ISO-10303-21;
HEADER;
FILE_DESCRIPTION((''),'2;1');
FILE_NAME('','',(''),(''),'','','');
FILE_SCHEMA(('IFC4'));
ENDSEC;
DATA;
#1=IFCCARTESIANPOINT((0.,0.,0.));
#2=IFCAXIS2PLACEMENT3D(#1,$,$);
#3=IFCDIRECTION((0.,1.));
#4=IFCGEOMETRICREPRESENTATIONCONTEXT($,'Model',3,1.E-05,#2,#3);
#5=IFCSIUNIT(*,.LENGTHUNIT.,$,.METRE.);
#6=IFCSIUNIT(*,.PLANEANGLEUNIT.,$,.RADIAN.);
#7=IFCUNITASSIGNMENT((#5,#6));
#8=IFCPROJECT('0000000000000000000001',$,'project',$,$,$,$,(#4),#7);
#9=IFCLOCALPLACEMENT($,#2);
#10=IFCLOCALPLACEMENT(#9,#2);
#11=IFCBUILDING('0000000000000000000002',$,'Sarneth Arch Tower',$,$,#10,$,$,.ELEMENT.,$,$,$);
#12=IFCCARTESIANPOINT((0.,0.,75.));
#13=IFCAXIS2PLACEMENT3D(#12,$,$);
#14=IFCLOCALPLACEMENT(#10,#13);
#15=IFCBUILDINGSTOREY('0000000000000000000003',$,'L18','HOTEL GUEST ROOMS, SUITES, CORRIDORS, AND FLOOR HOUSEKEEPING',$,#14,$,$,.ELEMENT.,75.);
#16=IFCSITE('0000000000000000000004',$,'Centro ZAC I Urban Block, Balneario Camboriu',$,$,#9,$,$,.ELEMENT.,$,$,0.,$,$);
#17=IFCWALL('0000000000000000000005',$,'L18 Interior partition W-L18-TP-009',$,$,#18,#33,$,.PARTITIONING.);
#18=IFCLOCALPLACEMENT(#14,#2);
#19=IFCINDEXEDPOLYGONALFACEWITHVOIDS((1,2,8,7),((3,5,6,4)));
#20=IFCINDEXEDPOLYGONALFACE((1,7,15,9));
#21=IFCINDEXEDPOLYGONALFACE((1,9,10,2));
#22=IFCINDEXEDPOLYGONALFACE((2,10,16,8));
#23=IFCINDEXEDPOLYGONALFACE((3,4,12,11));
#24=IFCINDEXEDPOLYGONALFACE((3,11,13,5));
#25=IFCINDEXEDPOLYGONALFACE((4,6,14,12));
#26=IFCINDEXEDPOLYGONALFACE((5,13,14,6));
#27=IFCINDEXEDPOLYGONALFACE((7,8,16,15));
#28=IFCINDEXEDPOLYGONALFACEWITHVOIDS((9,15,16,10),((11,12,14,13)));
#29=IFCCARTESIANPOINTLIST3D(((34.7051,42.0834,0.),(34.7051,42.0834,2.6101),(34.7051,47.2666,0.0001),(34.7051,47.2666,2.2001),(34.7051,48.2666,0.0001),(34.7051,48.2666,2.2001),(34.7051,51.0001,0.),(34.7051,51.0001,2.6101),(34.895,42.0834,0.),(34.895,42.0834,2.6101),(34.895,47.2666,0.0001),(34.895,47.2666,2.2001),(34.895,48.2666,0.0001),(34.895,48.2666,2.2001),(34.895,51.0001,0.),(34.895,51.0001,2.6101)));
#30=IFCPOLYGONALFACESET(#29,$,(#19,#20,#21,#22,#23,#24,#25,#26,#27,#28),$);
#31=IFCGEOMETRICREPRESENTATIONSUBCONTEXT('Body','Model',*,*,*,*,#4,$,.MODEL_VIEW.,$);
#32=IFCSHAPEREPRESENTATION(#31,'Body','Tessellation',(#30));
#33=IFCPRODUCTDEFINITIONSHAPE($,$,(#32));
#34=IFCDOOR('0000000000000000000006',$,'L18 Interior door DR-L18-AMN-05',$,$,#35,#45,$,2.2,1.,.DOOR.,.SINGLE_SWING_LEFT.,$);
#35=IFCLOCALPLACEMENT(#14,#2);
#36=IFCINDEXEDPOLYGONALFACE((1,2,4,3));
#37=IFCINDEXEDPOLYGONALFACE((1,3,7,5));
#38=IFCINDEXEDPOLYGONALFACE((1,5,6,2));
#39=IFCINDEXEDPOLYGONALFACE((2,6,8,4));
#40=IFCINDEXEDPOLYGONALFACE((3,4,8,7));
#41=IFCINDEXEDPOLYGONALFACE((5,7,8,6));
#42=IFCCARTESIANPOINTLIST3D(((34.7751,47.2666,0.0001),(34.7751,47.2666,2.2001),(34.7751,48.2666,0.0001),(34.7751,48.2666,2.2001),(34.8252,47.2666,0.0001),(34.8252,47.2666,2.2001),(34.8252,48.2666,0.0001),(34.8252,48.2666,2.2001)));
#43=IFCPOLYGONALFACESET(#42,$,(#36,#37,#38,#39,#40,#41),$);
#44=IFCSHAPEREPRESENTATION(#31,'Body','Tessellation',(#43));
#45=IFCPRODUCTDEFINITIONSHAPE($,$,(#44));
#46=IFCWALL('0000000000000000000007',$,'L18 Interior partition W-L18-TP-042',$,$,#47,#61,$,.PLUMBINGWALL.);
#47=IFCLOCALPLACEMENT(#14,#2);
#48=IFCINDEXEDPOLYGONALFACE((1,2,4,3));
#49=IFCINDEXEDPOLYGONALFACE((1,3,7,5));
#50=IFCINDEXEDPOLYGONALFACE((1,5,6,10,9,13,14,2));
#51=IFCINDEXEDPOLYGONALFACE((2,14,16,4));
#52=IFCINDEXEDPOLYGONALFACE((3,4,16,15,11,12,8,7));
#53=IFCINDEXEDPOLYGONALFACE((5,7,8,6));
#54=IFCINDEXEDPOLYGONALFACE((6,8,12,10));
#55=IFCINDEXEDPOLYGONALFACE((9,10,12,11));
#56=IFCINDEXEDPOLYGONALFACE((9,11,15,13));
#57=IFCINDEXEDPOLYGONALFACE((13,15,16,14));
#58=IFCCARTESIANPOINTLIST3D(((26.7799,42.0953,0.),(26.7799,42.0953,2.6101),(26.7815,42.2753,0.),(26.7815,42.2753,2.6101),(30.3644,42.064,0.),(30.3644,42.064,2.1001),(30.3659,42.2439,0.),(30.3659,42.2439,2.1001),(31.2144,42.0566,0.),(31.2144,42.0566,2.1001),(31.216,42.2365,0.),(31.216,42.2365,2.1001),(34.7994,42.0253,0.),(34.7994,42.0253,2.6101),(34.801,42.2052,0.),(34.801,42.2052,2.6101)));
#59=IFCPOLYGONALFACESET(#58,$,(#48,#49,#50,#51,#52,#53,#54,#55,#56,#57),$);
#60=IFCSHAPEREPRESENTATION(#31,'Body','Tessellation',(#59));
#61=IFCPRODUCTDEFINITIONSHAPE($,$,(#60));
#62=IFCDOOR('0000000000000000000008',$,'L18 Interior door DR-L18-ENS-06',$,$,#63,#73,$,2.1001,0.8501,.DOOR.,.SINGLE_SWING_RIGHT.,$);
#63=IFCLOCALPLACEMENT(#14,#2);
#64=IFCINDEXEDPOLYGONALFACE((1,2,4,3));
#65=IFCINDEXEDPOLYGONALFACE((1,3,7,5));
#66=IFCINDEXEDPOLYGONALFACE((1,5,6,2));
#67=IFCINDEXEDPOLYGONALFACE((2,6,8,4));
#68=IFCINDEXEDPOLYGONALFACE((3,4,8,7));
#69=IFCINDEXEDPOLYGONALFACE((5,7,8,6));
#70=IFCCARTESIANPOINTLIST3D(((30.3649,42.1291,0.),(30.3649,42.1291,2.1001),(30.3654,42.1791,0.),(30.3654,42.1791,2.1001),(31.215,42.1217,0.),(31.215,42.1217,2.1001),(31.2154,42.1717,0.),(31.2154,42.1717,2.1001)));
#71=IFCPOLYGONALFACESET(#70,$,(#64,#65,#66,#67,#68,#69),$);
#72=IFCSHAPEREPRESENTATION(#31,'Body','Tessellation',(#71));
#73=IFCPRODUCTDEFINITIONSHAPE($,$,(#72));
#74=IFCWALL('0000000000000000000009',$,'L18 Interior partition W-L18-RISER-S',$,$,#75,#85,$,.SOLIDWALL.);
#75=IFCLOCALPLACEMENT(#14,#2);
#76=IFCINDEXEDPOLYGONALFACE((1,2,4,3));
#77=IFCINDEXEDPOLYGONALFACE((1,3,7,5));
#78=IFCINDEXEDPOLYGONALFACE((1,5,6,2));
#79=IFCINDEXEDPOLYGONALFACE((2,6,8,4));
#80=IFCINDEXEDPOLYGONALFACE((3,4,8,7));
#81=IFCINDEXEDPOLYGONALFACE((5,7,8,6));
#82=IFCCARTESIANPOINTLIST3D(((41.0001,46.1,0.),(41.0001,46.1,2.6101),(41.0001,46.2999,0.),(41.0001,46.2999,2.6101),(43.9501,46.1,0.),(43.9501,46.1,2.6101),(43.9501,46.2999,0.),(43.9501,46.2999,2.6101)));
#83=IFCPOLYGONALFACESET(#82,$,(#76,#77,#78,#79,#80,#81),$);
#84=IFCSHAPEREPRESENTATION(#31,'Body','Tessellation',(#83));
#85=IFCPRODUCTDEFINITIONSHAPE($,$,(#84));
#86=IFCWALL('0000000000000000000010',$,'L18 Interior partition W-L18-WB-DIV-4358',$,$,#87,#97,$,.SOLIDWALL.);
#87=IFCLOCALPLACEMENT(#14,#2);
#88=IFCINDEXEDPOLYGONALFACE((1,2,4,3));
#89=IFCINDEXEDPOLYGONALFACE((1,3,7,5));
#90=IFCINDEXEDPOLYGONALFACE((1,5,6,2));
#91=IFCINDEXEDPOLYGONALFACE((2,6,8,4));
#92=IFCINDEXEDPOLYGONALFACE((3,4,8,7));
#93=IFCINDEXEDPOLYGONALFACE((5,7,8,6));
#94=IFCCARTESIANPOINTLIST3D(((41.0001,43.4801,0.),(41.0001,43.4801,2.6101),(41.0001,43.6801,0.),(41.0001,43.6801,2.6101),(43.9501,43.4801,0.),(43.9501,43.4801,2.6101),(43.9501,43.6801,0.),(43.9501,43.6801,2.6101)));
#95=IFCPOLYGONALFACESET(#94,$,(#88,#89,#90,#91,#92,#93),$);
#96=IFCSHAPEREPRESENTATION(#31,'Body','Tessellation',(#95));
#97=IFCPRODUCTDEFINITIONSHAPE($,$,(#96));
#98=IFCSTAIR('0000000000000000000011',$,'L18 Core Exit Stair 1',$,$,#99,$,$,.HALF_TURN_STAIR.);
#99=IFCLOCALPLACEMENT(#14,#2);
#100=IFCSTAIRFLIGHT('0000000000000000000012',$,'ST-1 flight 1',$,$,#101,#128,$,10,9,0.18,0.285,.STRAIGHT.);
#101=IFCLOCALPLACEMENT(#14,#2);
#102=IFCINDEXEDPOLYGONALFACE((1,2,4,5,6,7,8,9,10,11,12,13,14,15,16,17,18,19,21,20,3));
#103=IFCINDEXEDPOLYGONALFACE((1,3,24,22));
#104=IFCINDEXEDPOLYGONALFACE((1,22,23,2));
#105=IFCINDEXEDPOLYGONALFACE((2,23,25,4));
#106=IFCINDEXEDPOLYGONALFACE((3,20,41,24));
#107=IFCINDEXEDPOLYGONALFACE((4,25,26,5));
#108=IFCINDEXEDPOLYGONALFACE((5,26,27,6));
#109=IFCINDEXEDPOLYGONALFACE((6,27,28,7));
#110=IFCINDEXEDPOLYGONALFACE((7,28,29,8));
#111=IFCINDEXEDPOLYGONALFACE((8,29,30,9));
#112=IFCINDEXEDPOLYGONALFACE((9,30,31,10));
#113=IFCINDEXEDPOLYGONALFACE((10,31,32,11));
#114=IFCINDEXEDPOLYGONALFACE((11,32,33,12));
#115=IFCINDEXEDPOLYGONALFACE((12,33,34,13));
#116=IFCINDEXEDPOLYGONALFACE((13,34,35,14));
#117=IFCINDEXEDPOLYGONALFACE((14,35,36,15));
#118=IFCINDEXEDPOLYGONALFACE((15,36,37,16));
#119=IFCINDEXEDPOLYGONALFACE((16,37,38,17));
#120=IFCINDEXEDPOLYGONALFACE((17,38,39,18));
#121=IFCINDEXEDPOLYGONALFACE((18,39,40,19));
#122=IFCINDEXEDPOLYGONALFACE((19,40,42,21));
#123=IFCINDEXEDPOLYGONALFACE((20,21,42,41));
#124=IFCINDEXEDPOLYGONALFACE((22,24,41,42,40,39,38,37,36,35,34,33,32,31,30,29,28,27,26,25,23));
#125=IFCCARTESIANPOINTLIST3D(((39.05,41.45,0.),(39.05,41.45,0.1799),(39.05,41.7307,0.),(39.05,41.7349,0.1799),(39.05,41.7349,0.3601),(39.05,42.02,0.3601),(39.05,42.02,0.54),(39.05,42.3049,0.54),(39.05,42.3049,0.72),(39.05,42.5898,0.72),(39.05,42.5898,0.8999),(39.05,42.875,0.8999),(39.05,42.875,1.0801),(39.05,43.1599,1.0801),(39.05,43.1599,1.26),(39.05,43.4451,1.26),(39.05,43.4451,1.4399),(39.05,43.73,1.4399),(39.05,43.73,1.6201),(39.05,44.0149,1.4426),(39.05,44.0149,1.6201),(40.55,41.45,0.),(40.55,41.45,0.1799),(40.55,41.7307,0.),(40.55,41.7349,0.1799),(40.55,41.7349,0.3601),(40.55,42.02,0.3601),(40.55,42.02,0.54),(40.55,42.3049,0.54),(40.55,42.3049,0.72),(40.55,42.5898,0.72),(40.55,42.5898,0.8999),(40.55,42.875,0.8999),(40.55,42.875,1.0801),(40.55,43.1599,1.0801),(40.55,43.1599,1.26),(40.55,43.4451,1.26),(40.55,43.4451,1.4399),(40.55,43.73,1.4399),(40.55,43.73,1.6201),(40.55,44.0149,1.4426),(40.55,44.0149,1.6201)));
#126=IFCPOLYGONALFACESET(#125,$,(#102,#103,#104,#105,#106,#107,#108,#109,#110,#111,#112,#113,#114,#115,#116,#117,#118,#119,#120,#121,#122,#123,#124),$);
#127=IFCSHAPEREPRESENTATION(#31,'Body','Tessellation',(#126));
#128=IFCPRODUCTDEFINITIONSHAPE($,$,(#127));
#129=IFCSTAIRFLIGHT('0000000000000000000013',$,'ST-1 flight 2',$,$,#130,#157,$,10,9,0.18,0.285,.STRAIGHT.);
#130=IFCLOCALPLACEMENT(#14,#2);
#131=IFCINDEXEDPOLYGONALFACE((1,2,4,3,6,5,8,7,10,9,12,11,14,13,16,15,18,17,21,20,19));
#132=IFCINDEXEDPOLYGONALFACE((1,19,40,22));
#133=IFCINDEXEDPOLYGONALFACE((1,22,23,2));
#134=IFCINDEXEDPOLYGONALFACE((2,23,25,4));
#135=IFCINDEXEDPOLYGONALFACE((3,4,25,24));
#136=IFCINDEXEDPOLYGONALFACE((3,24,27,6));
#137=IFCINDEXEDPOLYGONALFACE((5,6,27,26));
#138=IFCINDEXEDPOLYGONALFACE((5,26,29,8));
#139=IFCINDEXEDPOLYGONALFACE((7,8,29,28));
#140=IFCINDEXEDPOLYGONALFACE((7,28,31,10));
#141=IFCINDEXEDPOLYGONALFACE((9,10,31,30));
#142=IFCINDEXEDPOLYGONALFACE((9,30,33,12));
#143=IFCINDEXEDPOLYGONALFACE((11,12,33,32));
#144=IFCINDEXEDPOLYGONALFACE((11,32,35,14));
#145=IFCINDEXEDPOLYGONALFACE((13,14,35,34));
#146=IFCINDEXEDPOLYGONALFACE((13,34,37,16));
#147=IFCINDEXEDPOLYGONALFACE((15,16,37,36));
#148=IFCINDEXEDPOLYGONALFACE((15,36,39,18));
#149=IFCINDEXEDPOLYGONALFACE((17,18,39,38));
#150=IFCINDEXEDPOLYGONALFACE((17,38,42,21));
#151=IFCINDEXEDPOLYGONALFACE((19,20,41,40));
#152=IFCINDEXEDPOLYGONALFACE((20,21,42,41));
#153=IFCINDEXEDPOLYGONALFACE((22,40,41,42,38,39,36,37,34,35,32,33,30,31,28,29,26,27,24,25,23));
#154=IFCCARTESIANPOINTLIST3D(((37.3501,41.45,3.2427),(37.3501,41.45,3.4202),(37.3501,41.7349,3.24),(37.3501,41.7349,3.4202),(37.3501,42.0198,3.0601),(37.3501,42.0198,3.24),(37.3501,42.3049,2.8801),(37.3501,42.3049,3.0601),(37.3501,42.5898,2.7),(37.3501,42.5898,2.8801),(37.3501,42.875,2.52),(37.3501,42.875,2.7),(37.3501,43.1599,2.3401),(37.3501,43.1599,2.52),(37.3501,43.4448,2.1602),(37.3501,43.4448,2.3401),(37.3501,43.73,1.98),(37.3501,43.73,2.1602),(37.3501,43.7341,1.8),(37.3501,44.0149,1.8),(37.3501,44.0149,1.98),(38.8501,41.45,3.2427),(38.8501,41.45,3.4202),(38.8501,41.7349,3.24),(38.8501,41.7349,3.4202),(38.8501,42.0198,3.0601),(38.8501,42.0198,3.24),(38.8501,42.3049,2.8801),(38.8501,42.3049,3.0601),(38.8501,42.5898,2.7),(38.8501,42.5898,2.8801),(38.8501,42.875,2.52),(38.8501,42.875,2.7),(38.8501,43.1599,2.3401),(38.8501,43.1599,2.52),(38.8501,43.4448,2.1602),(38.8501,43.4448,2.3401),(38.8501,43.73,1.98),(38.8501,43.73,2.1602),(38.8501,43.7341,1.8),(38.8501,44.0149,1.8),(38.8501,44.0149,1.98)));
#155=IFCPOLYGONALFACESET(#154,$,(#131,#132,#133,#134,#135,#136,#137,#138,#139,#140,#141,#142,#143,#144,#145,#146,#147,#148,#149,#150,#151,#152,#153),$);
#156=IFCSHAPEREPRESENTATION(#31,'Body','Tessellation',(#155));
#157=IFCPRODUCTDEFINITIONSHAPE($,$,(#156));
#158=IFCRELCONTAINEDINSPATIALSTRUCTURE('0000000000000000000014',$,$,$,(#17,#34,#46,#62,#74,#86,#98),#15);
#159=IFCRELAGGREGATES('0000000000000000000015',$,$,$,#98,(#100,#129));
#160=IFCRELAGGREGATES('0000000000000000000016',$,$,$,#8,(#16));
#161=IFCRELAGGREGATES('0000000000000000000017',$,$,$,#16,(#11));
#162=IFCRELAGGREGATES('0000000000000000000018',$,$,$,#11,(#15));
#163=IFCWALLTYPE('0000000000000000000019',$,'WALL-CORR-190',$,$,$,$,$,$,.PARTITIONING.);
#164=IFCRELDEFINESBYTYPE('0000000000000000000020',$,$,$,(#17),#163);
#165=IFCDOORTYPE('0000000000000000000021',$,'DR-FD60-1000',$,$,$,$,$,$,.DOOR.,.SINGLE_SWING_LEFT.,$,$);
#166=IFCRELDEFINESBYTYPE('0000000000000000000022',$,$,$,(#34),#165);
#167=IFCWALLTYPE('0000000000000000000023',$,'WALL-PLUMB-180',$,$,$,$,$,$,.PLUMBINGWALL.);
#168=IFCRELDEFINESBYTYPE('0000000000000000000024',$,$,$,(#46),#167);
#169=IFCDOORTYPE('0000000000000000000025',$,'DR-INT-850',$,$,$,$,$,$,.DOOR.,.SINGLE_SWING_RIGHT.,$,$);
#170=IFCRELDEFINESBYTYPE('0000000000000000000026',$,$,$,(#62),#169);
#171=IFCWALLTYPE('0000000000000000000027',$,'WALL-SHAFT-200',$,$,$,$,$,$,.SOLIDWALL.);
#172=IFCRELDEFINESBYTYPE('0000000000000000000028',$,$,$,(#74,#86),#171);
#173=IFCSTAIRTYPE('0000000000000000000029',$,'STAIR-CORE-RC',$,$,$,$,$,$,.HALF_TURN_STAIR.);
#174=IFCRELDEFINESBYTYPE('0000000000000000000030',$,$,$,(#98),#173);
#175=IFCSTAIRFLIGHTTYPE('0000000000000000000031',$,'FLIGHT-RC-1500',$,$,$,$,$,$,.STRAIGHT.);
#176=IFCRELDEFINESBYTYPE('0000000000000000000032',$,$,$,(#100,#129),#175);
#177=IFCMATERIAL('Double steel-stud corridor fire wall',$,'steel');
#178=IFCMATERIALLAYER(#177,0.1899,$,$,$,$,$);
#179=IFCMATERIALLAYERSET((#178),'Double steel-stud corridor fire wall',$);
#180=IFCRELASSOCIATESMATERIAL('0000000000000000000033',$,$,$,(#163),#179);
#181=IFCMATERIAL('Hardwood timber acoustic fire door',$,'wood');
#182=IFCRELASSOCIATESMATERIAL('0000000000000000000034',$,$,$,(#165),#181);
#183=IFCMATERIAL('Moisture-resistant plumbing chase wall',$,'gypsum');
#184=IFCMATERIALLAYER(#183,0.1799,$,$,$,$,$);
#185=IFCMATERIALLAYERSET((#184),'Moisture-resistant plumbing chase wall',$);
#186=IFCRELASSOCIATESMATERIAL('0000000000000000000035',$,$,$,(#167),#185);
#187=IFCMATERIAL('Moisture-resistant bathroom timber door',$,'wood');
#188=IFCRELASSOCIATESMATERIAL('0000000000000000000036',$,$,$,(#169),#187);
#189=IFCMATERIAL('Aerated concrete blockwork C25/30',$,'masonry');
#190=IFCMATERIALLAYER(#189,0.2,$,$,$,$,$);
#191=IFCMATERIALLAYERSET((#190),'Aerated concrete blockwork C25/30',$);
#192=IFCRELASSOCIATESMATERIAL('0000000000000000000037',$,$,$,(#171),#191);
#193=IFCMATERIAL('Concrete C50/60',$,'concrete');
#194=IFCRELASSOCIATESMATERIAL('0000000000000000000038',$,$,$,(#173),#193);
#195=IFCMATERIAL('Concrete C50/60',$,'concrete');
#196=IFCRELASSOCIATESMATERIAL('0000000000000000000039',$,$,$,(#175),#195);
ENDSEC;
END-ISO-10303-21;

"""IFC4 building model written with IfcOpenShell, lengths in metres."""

from ifc_helpers import new_model, si_unit, direction, frame, frame_2d, origin, place, context, subcontext, project, spatial, polyline, rectangle, outline, extrude, material, layer, layer_set, type_object, element, fill, aggregate, save


model = new_model("IFC4")

# Units and contexts
model_context = context("Model", 3, precision=1e-05, world=origin(), true_north=direction((0.0, 1.0)))
body_context = subcontext(model_context, "Body", "Model", "MODEL_VIEW")
ifc_project = project(units=[si_unit("LENGTHUNIT", "METRE"), si_unit("PLANEANGLEUNIT", "RADIAN")], contexts=[model_context])

# Site, building, storey
site_placement = place(None, origin())
site = spatial("IfcSite", under=ifc_project, at=site_placement, Name="Centro ZAC I Urban Block, Balneario Camboriu", CompositionType="ELEMENT", RefElevation=0.0)
building_placement = place(site_placement, origin())
building = spatial("IfcBuilding", under=site, at=building_placement, Name="Sarneth Arch Tower", CompositionType="ELEMENT")
storey_placement = place(building_placement, frame((0.0, 0.0, 75.0)))
storey = spatial("IfcBuildingStorey", under=building, at=storey_placement, Name="L18", Description="HOTEL GUEST ROOMS, SUITES, CORRIDORS, AND FLOOR HOUSEKEEPING", CompositionType="ELEMENT", Elevation=75.0)

# Walls, openings, doors
ifc_material_1 = material(Name="Double steel-stud corridor fire wall", Category="steel")
ifc_layer_1 = layer(ifc_material_1, 0.1899)
ifc_layer_set_1 = layer_set([ifc_layer_1], Name="Double steel-stud corridor fire wall")
wall_type_1 = type_object("IfcWallType", Name="WALL-CORR-190", PredefinedType="PARTITIONING", material=ifc_layer_set_1)
wall_1_placement = place(storey_placement, frame((34.8, 42.0833, 0.0), z_axis=(0.0, 0.0, 1.0), x_axis=(0.0, 1.0, 0.0)))
wall_1 = element("IfcWall", 1, at=wall_1_placement, inside=storey, type_object=wall_type_1, Name="L18 Interior partition W-L18-TP-009", PredefinedType="PARTITIONING", context=body_context, shape_type="SweptSolid", body=[
    extrude(rectangle(XDim=8.9167, YDim=0.1899, at=frame_2d((4.4585, 0.0))), origin(), (0.0, 0.0, 1.0), 2.6101),
])
opening_1_placement = place(wall_1_placement, frame((5.1833, 0.0, 0.0)))
opening_1 = element("IfcOpeningElement", 2, at=opening_1_placement, cuts=wall_1, PredefinedType="OPENING", context=body_context, shape_type="SweptSolid", body=[
    extrude(rectangle(XDim=1.0, YDim=2.2, at=frame_2d((0.5, 1.1001))), frame((0.0, 0.105, 0.0), z_axis=(0.0, -1.0, 0.0), x_axis=(1.0, 0.0, 0.0)), (0.0, 0.0, 1.0), 0.21),
])
ifc_material_2 = material(Name="Hardwood timber acoustic fire door", Category="wood")
door_type_1 = type_object("IfcDoorType", Name="DR-FD60-1000", OperationType="SINGLE_SWING_LEFT", PredefinedType="DOOR", material=ifc_material_2)
door_1_placement = place(opening_1_placement, origin())
door_1 = element("IfcDoor", 3, at=door_1_placement, inside=storey, type_object=door_type_1, Name="L18 Interior door DR-L18-AMN-05", OperationType="SINGLE_SWING_LEFT", OverallHeight=2.2, OverallWidth=1.0, PredefinedType="DOOR", context=body_context, shape_type="SweptSolid", body=[
    extrude(rectangle(XDim=1.0, YDim=2.2, at=frame_2d((0.5, 1.1001))), frame((0.0, 0.0249, 0.0), z_axis=(0.0, -1.0, 0.0), x_axis=(1.0, 0.0, 0.0)), (0.0, 0.0, 1.0), 0.05),
])
fill(opening_1, door_1)
ifc_material_3 = material(Name="Moisture-resistant plumbing chase wall", Category="gypsum")
ifc_layer_2 = layer(ifc_material_3, 0.1799)
ifc_layer_set_2 = layer_set([ifc_layer_2], Name="Moisture-resistant plumbing chase wall")
wall_type_2 = type_object("IfcWallType", Name="WALL-PLUMB-180", PredefinedType="PLUMBINGWALL", material=ifc_layer_set_2)
wall_2_placement = place(storey_placement, frame((34.8, 42.1152, 0.0), z_axis=(0.0, 0.0, 1.0), x_axis=(-0.999962, 0.008737, 0.0)))
wall_2 = element("IfcWall", 4, at=wall_2_placement, inside=storey, type_object=wall_type_2, Name="L18 Interior partition W-L18-TP-042", PredefinedType="PLUMBINGWALL", context=body_context, shape_type="SweptSolid", body=[
    extrude(rectangle(XDim=8.0198, YDim=0.1799, at=frame_2d((4.0098, 0.0))), origin(), (0.0, 0.0, 1.0), 2.6101),
])
opening_2_placement = place(wall_2_placement, frame((3.585, 0.0, 0.0)))
opening_2 = element("IfcOpeningElement", 5, at=opening_2_placement, cuts=wall_2, PredefinedType="OPENING", context=body_context, shape_type="SweptSolid", body=[
    extrude(rectangle(XDim=0.8501, YDim=2.1001, at=frame_2d((0.425, 1.05))), frame((0.0, 0.0999, 0.0), z_axis=(0.0, -1.0, 0.0), x_axis=(1.0, 0.0, 0.0)), (0.0, 0.0, 1.0), 0.2),
])
ifc_material_4 = material(Name="Moisture-resistant bathroom timber door", Category="wood")
door_type_2 = type_object("IfcDoorType", Name="DR-INT-850", OperationType="SINGLE_SWING_RIGHT", PredefinedType="DOOR", material=ifc_material_4)
door_2_placement = place(opening_2_placement, origin())
door_2 = element("IfcDoor", 6, at=door_2_placement, inside=storey, type_object=door_type_2, Name="L18 Interior door DR-L18-ENS-06", OperationType="SINGLE_SWING_RIGHT", OverallHeight=2.1001, OverallWidth=0.8501, PredefinedType="DOOR", context=body_context, shape_type="SweptSolid", body=[
    extrude(rectangle(XDim=0.8501, YDim=2.1001, at=frame_2d((0.425, 1.05))), frame((0.0, 0.0249, 0.0), z_axis=(0.0, -1.0, 0.0), x_axis=(1.0, 0.0, 0.0)), (0.0, 0.0, 1.0), 0.05),
])
fill(opening_2, door_2)

# Wall
ifc_material_5 = material(Name="Aerated concrete blockwork C25/30", Category="masonry")
ifc_layer_3 = layer(ifc_material_5, 0.2)
ifc_layer_set_3 = layer_set([ifc_layer_3], Name="Aerated concrete blockwork C25/30")
wall_type_3 = type_object("IfcWallType", Name="WALL-SHAFT-200", PredefinedType="SOLIDWALL", material=ifc_layer_set_3)
wall_3_placement = place(storey_placement, frame((41.0, 46.2, 0.0), z_axis=(0.0, 0.0, 1.0), x_axis=(1.0, 0.0, 0.0)))
element("IfcWall", 7, at=wall_3_placement, inside=storey, type_object=wall_type_3, Name="L18 Interior partition W-L18-RISER-S", PredefinedType="SOLIDWALL", context=body_context, shape_type="SweptSolid", body=[
    extrude(rectangle(XDim=2.95, YDim=0.2, at=frame_2d((1.4751, 0.0))), origin(), (0.0, 0.0, 1.0), 2.6101),
])

# Wall
wall_4_placement = place(storey_placement, frame((41.0, 43.5801, 0.0), z_axis=(0.0, 0.0, 1.0), x_axis=(1.0, 0.0, 0.0)))
element("IfcWall", 8, at=wall_4_placement, inside=storey, type_object=wall_type_3, Name="L18 Interior partition W-L18-WB-DIV-4358", PredefinedType="SOLIDWALL", context=body_context, shape_type="SweptSolid", body=[
    extrude(rectangle(XDim=2.95, YDim=0.2, at=frame_2d((1.4751, 0.0))), origin(), (0.0, 0.0, 1.0), 2.6101),
])

# Stair, stair flights
ifc_material_6 = material(Name="Concrete C50/60", Category="concrete")
stair_type = type_object("IfcStairType", Name="STAIR-CORE-RC", PredefinedType="HALF_TURN_STAIR", material=ifc_material_6)
stair_placement = place(storey_placement, origin())
stair = element("IfcStair", 9, at=stair_placement, inside=storey, type_object=stair_type, Name="L18 Core Exit Stair 1", PredefinedType="HALF_TURN_STAIR")
ifc_material_7 = material(Name="Concrete C50/60", Category="concrete")
stair_flight_type = type_object("IfcStairFlightType", Name="FLIGHT-RC-1500", PredefinedType="STRAIGHT", material=ifc_material_7)
stair_flight_1_placement = place(storey_placement, frame((39.8, 41.45, 0.0), z_axis=(0.0, 0.0, 1.0), x_axis=(0.0, 1.0, 0.0)))
stair_flight_1 = element("IfcStairFlight", 10, at=stair_flight_1_placement, type_object=stair_flight_type, Name="ST-1 flight 1", NumberOfRisers=10, NumberOfTreads=9, PredefinedType="STRAIGHT", RiserHeight=0.18, TreadLength=0.285, context=body_context, shape_type="SweptSolid", body=[
    extrude(outline(polyline([(0.0, 0.0), (0.0, 0.1799), (0.2849, 0.1799), (0.2849, 0.3601), (0.5701, 0.3601), (0.5701, 0.54), (0.855, 0.54), (0.855, 0.72), (1.1399, 0.72), (1.1399, 0.8999), (1.425, 0.8999), (1.425, 1.0801), (1.71, 1.0801), (1.71, 1.26), (1.9951, 1.26), (1.9951, 1.4399), (2.28, 1.4399), (2.28, 1.6201), (2.5649, 1.6201), (2.5649, 1.8), (2.5649, 1.4426), (0.2808, 0.0), (0.0, 0.0)])), frame((0.0, 0.75, 0.0), z_axis=(0.0, -1.0, 0.0), x_axis=(1.0, 0.0, 0.0)), (0.0, 0.0, 1.0), 1.5),
])
stair_flight_2_placement = place(storey_placement, frame((38.1001, 44.0149, 1.8), z_axis=(0.0, 0.0, 1.0), x_axis=(0.0, -1.0, 0.0)))
stair_flight_2 = element("IfcStairFlight", 11, at=stair_flight_2_placement, type_object=stair_flight_type, Name="ST-1 flight 2", NumberOfRisers=10, NumberOfTreads=9, PredefinedType="STRAIGHT", RiserHeight=0.18, TreadLength=0.285, context=body_context, shape_type="SweptSolid", body=[
    extrude(outline(polyline([(0.0, 0.0), (0.0, 0.1799), (0.2849, 0.1799), (0.2849, 0.3601), (0.5701, 0.3601), (0.5701, 0.54), (0.855, 0.54), (0.855, 0.72), (1.1399, 0.72), (1.1399, 0.8999), (1.425, 0.8999), (1.425, 1.0801), (1.71, 1.0801), (1.71, 1.26), (1.9951, 1.26), (1.9951, 1.4399), (2.28, 1.4399), (2.28, 1.6201), (2.5649, 1.6201), (2.5649, 1.8), (2.5649, 1.4426), (0.2808, 0.0), (0.0, 0.0)])), frame((0.0, 0.75, 0.0), z_axis=(0.0, -1.0, 0.0), x_axis=(1.0, 0.0, 0.0)), (0.0, 0.0, 1.0), 1.5),
])
aggregate(stair, [stair_flight_1, stair_flight_2])

save(model, "model.ifc")
